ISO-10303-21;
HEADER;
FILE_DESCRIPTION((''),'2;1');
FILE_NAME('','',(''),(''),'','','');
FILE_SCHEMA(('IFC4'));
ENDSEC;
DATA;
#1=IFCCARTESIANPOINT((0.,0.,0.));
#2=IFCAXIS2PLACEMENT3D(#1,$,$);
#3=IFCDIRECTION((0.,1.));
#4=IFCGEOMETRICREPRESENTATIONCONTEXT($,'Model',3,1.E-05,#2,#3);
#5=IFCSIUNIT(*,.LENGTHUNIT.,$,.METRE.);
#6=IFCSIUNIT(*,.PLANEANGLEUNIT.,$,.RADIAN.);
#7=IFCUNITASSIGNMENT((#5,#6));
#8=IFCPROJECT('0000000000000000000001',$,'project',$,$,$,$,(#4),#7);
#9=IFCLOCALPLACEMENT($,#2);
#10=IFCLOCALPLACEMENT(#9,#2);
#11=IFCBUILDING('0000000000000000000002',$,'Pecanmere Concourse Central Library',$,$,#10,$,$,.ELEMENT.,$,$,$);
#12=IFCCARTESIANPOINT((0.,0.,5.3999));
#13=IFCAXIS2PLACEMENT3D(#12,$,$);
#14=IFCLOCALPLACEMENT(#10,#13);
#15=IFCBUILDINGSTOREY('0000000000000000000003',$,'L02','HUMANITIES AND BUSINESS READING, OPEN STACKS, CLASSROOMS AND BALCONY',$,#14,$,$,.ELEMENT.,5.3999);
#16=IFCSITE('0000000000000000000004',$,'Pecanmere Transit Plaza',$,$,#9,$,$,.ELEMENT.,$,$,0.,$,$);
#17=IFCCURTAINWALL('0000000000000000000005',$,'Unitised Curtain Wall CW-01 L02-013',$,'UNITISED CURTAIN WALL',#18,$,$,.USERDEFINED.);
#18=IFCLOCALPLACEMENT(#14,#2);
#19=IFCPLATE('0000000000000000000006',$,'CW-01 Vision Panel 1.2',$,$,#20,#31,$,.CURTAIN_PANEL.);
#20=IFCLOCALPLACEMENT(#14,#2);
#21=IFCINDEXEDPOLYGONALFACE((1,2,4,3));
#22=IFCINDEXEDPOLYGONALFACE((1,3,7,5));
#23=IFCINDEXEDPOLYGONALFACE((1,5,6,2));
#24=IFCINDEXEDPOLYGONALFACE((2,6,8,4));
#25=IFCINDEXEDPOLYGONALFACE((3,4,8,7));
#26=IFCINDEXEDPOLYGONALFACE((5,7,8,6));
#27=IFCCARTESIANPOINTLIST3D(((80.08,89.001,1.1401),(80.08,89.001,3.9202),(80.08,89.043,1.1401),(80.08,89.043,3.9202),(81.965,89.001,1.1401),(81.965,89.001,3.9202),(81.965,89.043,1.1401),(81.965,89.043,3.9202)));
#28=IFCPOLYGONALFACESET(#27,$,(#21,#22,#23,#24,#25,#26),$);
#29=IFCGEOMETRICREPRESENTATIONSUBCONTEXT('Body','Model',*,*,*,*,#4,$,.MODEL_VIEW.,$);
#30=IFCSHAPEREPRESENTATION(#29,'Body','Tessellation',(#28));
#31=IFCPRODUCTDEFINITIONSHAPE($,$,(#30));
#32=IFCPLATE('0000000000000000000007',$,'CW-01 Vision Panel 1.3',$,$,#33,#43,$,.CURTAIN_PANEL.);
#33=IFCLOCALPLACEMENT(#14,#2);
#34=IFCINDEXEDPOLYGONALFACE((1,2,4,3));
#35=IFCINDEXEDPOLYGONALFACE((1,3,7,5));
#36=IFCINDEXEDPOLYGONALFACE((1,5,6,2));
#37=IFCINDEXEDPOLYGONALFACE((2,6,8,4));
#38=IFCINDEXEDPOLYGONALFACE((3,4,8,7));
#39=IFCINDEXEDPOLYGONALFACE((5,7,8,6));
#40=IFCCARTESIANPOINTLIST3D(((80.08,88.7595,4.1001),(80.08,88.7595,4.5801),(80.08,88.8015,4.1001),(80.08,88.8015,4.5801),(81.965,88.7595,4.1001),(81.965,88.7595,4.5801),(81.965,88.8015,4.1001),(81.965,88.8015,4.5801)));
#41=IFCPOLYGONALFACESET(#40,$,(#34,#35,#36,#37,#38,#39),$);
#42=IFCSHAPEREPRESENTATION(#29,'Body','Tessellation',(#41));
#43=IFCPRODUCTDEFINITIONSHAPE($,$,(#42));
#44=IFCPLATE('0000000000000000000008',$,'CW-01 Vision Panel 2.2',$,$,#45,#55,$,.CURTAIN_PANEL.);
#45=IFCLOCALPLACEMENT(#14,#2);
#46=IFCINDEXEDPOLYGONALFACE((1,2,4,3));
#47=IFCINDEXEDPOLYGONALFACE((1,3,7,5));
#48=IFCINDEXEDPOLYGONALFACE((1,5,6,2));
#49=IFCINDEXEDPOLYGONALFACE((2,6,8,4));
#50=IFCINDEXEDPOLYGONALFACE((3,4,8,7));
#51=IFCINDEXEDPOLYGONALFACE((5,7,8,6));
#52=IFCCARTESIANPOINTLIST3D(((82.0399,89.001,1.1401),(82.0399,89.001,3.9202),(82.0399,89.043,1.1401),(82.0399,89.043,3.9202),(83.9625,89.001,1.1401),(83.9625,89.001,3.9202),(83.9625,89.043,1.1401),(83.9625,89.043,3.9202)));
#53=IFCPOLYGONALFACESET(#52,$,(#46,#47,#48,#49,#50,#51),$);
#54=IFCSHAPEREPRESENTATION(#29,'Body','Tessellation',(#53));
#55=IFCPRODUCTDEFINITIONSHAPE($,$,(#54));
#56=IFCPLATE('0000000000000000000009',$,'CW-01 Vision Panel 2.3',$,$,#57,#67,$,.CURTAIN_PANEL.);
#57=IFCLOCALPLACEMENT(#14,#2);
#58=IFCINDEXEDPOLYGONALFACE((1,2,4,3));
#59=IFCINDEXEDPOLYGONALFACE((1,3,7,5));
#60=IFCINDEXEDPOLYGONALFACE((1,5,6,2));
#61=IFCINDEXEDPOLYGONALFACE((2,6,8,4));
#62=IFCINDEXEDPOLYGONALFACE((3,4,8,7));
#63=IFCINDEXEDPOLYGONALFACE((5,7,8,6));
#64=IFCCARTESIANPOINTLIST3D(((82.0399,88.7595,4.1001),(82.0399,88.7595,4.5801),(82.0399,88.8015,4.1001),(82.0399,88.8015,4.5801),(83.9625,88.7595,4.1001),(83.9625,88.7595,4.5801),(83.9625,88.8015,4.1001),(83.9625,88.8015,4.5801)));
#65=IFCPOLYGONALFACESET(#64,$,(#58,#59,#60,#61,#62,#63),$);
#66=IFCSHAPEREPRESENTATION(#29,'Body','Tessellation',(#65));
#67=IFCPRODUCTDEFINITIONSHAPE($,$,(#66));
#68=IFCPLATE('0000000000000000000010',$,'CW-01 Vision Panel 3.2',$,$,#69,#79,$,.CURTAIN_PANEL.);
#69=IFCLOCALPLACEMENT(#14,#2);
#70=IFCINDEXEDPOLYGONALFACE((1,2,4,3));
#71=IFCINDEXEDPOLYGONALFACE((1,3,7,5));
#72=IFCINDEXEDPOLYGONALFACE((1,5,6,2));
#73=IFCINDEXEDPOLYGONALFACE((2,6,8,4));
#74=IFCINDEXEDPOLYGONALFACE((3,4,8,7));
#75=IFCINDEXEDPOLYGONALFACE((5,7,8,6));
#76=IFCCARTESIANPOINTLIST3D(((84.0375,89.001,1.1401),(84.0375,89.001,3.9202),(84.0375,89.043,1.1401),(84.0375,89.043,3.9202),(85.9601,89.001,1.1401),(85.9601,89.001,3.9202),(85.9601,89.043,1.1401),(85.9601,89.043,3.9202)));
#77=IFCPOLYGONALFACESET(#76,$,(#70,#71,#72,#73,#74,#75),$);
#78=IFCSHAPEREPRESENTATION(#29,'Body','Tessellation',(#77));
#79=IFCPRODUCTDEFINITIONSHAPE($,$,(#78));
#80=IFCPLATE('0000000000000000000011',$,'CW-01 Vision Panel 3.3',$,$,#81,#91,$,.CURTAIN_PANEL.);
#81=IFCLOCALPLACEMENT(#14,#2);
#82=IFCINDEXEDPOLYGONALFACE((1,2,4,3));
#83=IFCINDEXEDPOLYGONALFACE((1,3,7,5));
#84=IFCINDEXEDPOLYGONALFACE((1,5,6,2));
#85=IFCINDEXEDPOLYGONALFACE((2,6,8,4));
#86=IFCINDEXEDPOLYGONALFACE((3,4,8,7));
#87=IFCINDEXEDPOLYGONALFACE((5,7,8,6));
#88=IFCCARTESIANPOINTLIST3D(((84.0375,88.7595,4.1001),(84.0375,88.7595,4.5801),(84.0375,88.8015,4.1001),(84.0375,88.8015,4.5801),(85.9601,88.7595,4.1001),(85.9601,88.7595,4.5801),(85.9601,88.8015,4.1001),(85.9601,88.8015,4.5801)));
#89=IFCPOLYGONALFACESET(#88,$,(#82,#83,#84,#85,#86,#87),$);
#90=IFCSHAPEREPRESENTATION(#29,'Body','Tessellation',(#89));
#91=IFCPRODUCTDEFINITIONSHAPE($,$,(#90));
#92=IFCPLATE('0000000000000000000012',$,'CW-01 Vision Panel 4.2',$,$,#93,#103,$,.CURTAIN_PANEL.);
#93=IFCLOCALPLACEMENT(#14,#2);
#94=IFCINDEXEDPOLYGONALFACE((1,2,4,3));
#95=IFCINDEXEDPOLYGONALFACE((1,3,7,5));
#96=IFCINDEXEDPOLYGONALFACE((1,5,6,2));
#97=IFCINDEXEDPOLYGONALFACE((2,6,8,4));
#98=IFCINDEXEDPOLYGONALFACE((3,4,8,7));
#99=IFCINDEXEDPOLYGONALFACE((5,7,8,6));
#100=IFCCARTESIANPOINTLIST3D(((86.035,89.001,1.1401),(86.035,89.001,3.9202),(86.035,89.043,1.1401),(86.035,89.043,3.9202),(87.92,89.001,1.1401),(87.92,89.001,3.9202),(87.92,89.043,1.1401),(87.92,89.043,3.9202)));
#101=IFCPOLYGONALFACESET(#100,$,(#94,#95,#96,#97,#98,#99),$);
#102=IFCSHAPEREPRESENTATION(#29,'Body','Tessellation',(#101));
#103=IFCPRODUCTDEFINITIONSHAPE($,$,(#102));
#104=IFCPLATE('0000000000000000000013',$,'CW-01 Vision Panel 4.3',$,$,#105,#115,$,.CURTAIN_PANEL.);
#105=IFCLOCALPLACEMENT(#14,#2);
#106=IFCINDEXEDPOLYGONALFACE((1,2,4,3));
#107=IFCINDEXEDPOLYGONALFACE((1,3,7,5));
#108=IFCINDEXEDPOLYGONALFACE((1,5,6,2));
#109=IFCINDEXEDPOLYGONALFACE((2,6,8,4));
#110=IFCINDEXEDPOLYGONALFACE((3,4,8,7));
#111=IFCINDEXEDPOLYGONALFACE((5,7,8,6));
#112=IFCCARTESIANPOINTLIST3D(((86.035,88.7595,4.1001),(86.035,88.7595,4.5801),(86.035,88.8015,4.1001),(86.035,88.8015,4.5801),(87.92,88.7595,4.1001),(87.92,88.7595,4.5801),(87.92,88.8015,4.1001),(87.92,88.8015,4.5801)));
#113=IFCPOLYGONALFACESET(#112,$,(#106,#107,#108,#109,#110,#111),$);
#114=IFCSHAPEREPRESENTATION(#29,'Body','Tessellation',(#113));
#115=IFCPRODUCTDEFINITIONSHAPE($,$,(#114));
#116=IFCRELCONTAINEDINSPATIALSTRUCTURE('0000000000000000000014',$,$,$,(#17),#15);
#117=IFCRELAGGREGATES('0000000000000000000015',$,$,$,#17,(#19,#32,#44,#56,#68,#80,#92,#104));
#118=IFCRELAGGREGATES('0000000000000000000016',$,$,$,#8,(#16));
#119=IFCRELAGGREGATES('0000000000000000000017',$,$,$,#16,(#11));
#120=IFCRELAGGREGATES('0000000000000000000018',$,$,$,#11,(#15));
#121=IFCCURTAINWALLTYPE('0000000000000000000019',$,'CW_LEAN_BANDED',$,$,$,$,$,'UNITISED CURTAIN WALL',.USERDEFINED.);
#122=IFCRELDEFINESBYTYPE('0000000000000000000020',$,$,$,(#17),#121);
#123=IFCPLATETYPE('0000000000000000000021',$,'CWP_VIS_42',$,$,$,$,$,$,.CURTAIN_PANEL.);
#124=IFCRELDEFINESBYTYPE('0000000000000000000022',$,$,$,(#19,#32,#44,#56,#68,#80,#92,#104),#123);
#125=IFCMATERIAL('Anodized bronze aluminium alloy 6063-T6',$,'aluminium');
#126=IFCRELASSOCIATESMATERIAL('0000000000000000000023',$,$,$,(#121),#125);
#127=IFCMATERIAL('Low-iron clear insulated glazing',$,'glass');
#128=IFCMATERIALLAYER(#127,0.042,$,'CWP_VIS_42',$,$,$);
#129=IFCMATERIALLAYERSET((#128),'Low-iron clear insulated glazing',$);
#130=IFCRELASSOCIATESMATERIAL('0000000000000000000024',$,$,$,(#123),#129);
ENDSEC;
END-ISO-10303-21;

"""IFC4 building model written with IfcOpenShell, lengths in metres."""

from ifc_helpers import new_model, si_unit, direction, frame, origin, origin_2d, place, context, subcontext, project, spatial, rectangle, extrude, material, layer, layer_set, type_object, element, aggregate, save


model = new_model("IFC4")

# Units and contexts
model_context = context("Model", 3, precision=1e-05, world=origin(), true_north=direction((0.0, 1.0)))
body_context = subcontext(model_context, "Body", "Model", "MODEL_VIEW")
ifc_project = project(units=[si_unit("LENGTHUNIT", "METRE"), si_unit("PLANEANGLEUNIT", "RADIAN")], contexts=[model_context])

# Site, building, storey
site_placement = place(None, origin())
site = spatial("IfcSite", under=ifc_project, at=site_placement, Name="Pecanmere Transit Plaza", CompositionType="ELEMENT", RefElevation=0.0)
building_placement = place(site_placement, origin())
building = spatial("IfcBuilding", under=site, at=building_placement, Name="Pecanmere Concourse Central Library", CompositionType="ELEMENT")
storey_placement = place(building_placement, frame((0.0, 0.0, 5.3999)))
storey = spatial("IfcBuildingStorey", under=building, at=storey_placement, Name="L02", Description="HUMANITIES AND BUSINESS READING, OPEN STACKS, CLASSROOMS AND BALCONY", CompositionType="ELEMENT", Elevation=5.3999)

# Curtain wall
ifc_material_1 = material(Name="Anodized bronze aluminium alloy 6063-T6", Category="aluminium")
curtain_wall_type = type_object("IfcCurtainWallType", Name="CW_LEAN_BANDED", ElementType="UNITISED CURTAIN WALL", PredefinedType="USERDEFINED", material=ifc_material_1)
curtain_wall_1_placement = place(storey_placement, origin())
curtain_wall_1 = element("IfcCurtainWall", 1, at=curtain_wall_1_placement, inside=storey, type_object=curtain_wall_type, Name="Unitised Curtain Wall CW-01 L02-013", ObjectType="UNITISED CURTAIN WALL", PredefinedType="USERDEFINED")

# Plates
ifc_material_2 = material(Name="Low-iron clear insulated glazing", Category="glass")
ifc_layer_1 = layer(ifc_material_2, 0.042, Name="CWP_VIS_42")
ifc_layer_set_1 = layer_set([ifc_layer_1], Name="Low-iron clear insulated glazing")
plate_type_1 = type_object("IfcPlateType", Name="CWP_VIS_42", PredefinedType="CURTAIN_PANEL", material=ifc_layer_set_1)
plate_1_placement = place(storey_placement, frame((81.0225, 89.022, 1.1401), z_axis=(0.0, 0.0, 1.0), x_axis=(1.0, 0.0, 0.0)))
plate_1 = element("IfcPlate", 2, at=plate_1_placement, type_object=plate_type_1, Name="CW-01 Vision Panel 1.2", PredefinedType="CURTAIN_PANEL", context=body_context, shape_type="SweptSolid", body=[
    extrude(rectangle(XDim=1.885, YDim=0.042, at=origin_2d()), origin(), (0.0, 0.0, 1.0), 2.78),
])
plate_2_placement = place(storey_placement, frame((81.0225, 88.7805, 4.1001), z_axis=(0.0, 0.0, 1.0), x_axis=(1.0, 0.0, 0.0)))
plate_2 = element("IfcPlate", 3, at=plate_2_placement, type_object=plate_type_1, Name="CW-01 Vision Panel 1.3", PredefinedType="CURTAIN_PANEL", context=body_context, shape_type="SweptSolid", body=[
    extrude(rectangle(XDim=1.885, YDim=0.042, at=origin_2d()), origin(), (0.0, 0.0, 1.0), 0.48),
])
plate_3_placement = place(storey_placement, frame((83.0012, 89.022, 1.1401), z_axis=(0.0, 0.0, 1.0), x_axis=(1.0, 0.0, 0.0)))
plate_3 = element("IfcPlate", 4, at=plate_3_placement, type_object=plate_type_1, Name="CW-01 Vision Panel 2.2", PredefinedType="CURTAIN_PANEL", context=body_context, shape_type="SweptSolid", body=[
    extrude(rectangle(XDim=1.9226, YDim=0.042, at=origin_2d()), origin(), (0.0, 0.0, 1.0), 2.78),
])
plate_4_placement = place(storey_placement, frame((83.0012, 88.7805, 4.1001), z_axis=(0.0, 0.0, 1.0), x_axis=(1.0, 0.0, 0.0)))
plate_4 = element("IfcPlate", 5, at=plate_4_placement, type_object=plate_type_1, Name="CW-01 Vision Panel 2.3", PredefinedType="CURTAIN_PANEL", context=body_context, shape_type="SweptSolid", body=[
    extrude(rectangle(XDim=1.9226, YDim=0.042, at=origin_2d()), origin(), (0.0, 0.0, 1.0), 0.48),
])
plate_5_placement = place(storey_placement, frame((84.9988, 89.022, 1.1401), z_axis=(0.0, 0.0, 1.0), x_axis=(1.0, 0.0, 0.0)))
plate_5 = element("IfcPlate", 6, at=plate_5_placement, type_object=plate_type_1, Name="CW-01 Vision Panel 3.2", PredefinedType="CURTAIN_PANEL", context=body_context, shape_type="SweptSolid", body=[
    extrude(rectangle(XDim=1.9226, YDim=0.042, at=origin_2d()), origin(), (0.0, 0.0, 1.0), 2.78),
])
plate_6_placement = place(storey_placement, frame((84.9988, 88.7805, 4.1001), z_axis=(0.0, 0.0, 1.0), x_axis=(1.0, 0.0, 0.0)))
plate_6 = element("IfcPlate", 7, at=plate_6_placement, type_object=plate_type_1, Name="CW-01 Vision Panel 3.3", PredefinedType="CURTAIN_PANEL", context=body_context, shape_type="SweptSolid", body=[
    extrude(rectangle(XDim=1.9226, YDim=0.042, at=origin_2d()), origin(), (0.0, 0.0, 1.0), 0.48),
])
plate_7_placement = place(storey_placement, frame((86.9775, 89.022, 1.1401), z_axis=(0.0, 0.0, 1.0), x_axis=(1.0, 0.0, 0.0)))
plate_7 = element("IfcPlate", 8, at=plate_7_placement, type_object=plate_type_1, Name="CW-01 Vision Panel 4.2", PredefinedType="CURTAIN_PANEL", context=body_context, shape_type="SweptSolid", body=[
    extrude(rectangle(XDim=1.885, YDim=0.042, at=origin_2d()), origin(), (0.0, 0.0, 1.0), 2.78),
])
plate_8_placement = place(storey_placement, frame((86.9775, 88.7805, 4.1001), z_axis=(0.0, 0.0, 1.0), x_axis=(1.0, 0.0, 0.0)))
plate_8 = element("IfcPlate", 9, at=plate_8_placement, type_object=plate_type_1, Name="CW-01 Vision Panel 4.3", PredefinedType="CURTAIN_PANEL", context=body_context, shape_type="SweptSolid", body=[
    extrude(rectangle(XDim=1.885, YDim=0.042, at=origin_2d()), origin(), (0.0, 0.0, 1.0), 0.48),
])
aggregate(curtain_wall_1, [plate_1, plate_2, plate_3, plate_4, plate_5, plate_6, plate_7, plate_8])

save(model, "model.ifc")
